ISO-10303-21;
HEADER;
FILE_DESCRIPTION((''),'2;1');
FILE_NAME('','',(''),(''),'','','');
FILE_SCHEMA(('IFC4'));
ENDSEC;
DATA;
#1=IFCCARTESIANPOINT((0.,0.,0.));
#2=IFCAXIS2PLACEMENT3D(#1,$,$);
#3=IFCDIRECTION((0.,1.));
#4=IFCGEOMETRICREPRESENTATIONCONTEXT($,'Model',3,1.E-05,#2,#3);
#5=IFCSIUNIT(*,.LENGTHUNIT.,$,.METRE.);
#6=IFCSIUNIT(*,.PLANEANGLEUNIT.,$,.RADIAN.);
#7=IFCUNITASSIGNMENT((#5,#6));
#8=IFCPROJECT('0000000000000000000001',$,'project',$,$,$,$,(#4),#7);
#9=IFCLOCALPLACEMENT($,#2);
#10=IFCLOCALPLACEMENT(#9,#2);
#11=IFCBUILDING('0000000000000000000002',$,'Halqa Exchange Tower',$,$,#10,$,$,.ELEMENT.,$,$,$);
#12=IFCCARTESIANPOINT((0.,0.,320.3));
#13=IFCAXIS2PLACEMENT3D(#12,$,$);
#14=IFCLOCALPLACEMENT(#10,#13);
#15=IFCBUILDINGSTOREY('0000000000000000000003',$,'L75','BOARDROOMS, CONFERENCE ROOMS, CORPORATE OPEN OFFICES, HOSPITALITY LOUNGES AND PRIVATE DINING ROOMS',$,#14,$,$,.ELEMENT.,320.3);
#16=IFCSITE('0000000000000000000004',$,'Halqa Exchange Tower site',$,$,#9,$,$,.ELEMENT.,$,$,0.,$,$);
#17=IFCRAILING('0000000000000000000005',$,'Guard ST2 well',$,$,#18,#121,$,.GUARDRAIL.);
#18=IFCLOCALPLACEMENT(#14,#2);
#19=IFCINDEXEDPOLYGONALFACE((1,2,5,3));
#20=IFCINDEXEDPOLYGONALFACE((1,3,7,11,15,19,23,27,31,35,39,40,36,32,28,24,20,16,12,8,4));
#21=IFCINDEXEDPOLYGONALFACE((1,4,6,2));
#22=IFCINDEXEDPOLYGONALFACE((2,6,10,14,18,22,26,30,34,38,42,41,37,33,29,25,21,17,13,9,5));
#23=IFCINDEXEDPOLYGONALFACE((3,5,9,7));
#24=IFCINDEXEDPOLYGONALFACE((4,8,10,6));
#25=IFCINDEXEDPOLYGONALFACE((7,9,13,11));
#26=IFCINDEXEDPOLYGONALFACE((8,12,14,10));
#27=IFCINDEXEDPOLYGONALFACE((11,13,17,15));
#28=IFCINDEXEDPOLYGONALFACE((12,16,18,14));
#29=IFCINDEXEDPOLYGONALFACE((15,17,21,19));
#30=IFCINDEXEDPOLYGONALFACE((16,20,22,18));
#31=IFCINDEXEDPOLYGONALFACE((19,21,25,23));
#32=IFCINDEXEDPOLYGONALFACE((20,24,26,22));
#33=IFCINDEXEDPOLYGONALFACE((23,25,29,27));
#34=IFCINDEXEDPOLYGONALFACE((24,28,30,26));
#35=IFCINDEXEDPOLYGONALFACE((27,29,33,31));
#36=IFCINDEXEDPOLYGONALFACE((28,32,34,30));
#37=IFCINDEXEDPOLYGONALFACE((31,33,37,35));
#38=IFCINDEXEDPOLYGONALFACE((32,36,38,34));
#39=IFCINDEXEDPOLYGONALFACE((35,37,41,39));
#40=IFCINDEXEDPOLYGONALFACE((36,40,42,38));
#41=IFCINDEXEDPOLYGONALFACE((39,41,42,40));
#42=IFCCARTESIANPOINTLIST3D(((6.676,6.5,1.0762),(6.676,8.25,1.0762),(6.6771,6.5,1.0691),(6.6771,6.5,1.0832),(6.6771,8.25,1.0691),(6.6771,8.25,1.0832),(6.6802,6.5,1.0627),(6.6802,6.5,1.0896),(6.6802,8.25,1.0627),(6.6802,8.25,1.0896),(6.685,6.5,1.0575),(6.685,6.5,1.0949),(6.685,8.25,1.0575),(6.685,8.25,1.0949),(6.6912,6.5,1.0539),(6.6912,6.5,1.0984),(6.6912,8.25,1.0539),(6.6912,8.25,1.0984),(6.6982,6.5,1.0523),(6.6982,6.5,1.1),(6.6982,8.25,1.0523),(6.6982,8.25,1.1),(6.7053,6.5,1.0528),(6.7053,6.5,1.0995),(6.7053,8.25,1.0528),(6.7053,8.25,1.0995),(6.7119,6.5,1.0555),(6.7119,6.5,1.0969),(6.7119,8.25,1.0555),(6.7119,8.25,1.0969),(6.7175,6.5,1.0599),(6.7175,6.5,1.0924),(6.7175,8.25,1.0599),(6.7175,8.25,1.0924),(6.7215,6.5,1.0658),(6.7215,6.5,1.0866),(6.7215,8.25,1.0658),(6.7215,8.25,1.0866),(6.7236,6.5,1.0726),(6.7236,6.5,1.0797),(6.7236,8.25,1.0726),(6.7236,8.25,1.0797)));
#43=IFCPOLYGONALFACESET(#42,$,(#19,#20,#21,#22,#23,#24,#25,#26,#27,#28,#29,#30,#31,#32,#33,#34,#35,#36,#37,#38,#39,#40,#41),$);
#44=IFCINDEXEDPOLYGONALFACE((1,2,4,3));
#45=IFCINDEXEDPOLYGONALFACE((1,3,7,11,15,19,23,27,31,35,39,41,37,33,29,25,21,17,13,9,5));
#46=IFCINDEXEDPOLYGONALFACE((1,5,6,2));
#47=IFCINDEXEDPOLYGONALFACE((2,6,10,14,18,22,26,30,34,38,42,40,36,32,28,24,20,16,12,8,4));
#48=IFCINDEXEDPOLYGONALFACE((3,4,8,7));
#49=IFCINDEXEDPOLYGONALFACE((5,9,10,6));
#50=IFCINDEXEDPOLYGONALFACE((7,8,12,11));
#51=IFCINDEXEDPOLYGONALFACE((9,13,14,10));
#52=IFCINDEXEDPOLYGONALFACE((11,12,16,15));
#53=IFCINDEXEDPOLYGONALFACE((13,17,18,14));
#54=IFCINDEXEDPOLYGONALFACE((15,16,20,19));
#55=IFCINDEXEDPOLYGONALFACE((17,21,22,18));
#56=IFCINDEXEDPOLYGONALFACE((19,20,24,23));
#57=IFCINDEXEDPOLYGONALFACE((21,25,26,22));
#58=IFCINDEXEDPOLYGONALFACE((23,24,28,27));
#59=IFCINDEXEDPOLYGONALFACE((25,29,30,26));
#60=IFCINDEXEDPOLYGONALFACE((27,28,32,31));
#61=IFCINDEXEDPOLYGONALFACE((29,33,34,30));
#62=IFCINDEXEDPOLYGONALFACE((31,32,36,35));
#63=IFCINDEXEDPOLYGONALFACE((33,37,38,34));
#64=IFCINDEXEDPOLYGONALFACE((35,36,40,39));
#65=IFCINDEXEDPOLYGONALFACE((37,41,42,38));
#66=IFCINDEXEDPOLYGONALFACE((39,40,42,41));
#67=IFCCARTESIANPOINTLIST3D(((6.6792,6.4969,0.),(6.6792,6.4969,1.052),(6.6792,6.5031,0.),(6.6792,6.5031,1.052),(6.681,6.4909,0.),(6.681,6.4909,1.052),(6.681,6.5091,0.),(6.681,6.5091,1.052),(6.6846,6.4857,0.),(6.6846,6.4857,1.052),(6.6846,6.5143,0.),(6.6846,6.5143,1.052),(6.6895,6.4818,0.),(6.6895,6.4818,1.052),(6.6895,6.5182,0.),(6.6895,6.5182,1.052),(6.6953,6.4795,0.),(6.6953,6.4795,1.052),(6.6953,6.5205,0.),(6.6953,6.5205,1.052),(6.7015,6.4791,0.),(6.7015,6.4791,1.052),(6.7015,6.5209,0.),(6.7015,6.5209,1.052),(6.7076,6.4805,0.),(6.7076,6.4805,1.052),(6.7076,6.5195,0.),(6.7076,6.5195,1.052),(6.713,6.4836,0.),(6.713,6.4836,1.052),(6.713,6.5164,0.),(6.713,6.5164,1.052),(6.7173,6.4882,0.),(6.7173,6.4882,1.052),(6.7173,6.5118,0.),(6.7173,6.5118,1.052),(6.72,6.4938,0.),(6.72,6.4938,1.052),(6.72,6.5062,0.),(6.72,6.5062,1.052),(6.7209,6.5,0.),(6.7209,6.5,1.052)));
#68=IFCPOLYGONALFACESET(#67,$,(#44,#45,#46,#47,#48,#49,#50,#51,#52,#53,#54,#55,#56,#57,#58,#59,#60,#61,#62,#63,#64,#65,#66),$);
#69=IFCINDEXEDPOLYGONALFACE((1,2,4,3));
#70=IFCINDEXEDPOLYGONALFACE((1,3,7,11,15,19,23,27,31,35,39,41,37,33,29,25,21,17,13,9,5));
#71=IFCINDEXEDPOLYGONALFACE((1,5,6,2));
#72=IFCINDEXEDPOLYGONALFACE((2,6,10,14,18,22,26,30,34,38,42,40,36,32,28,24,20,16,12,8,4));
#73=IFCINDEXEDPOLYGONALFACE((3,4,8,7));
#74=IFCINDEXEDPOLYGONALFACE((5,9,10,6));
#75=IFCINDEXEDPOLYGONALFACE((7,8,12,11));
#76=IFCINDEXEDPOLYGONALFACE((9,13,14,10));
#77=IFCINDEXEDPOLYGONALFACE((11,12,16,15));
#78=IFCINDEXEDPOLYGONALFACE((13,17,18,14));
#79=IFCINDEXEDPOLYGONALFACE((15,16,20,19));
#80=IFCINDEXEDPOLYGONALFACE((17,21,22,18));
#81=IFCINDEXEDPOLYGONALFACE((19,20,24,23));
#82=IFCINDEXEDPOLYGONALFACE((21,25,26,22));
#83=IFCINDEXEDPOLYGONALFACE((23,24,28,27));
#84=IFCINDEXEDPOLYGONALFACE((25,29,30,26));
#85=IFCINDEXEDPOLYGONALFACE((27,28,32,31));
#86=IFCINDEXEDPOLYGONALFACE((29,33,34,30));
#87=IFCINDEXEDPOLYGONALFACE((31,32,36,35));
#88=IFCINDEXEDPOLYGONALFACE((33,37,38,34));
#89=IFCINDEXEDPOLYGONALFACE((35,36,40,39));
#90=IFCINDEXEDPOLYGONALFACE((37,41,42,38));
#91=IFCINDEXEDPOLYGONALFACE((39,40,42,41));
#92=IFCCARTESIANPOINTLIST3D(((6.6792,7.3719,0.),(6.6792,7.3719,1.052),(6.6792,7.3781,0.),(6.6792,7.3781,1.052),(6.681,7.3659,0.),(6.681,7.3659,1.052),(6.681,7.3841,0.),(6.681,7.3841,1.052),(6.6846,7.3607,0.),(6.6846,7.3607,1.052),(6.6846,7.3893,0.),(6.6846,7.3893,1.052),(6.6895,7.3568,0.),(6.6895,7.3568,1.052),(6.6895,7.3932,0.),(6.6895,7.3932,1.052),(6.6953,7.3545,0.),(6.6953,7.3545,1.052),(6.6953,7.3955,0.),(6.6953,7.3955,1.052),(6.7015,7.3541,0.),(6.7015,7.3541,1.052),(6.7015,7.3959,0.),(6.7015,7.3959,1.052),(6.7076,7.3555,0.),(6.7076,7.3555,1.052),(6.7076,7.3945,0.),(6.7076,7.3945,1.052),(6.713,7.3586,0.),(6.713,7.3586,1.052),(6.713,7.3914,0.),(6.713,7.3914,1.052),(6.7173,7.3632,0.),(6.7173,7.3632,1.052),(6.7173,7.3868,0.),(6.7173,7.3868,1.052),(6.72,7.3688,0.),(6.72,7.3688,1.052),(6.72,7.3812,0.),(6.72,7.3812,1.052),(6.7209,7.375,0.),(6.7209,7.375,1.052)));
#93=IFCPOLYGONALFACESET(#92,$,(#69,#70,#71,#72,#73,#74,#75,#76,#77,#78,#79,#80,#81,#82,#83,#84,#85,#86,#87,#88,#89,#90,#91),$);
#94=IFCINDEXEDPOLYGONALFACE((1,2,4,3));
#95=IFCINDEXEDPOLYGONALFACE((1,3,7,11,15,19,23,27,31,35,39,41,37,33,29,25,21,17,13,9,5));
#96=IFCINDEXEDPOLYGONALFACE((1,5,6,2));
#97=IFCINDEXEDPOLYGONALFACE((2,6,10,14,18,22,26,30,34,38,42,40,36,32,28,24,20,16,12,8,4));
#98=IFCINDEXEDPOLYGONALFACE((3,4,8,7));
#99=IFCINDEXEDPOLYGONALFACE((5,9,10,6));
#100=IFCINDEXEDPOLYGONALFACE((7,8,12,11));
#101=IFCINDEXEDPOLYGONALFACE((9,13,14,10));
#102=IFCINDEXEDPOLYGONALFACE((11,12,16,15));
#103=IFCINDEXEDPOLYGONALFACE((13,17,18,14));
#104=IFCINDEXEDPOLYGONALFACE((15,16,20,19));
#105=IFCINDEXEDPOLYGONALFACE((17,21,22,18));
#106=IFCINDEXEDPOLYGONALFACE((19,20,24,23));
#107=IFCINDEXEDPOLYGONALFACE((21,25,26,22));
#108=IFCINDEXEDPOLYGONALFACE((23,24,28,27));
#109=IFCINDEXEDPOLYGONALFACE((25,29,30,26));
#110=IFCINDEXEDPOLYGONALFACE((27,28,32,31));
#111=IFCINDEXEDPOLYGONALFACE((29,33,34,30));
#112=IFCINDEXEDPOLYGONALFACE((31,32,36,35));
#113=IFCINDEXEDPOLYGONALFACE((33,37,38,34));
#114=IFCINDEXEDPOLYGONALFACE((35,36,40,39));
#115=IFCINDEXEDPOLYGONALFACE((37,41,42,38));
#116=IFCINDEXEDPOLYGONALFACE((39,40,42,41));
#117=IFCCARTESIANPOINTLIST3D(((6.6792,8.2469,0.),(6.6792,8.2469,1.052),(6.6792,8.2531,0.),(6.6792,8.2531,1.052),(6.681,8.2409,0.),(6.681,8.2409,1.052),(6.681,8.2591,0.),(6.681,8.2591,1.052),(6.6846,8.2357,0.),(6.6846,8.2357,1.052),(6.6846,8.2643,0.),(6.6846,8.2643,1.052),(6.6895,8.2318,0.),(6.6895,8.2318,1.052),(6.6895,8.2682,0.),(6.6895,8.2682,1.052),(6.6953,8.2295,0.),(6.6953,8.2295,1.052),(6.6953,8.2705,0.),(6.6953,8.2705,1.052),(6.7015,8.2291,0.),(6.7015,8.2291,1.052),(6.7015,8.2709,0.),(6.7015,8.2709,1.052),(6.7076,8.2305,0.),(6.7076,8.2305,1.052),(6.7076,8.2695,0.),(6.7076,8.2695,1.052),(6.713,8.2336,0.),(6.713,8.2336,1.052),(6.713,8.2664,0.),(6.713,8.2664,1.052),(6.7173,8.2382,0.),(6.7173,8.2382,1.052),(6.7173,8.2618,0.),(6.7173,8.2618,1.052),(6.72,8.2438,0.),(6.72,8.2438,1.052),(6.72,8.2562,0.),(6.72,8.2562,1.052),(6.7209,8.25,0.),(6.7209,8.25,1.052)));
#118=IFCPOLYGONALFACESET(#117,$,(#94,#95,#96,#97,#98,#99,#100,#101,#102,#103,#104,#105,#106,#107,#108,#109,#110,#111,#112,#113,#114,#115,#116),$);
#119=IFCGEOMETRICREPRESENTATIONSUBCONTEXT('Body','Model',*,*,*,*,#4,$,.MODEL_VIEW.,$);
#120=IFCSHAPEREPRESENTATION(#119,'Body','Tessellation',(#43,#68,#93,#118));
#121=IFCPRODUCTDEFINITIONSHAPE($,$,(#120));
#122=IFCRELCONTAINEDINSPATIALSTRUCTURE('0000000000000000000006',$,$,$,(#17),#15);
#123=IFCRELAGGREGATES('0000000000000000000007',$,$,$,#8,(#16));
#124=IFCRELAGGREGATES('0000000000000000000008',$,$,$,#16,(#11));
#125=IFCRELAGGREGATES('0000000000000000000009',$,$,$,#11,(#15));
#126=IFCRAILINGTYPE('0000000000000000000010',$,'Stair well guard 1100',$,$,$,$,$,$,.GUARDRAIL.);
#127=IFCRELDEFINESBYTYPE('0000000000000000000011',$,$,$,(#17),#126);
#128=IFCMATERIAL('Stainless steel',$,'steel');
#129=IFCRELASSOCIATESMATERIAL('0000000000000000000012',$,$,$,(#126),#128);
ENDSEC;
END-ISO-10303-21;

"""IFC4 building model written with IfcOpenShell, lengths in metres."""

from ifc_helpers import new_model, si_unit, direction, frame, origin, origin_2d, place, context, subcontext, project, spatial, circle, extrude, material, type_object, element, save


model = new_model("IFC4")

# Units and contexts
model_context = context("Model", 3, precision=1e-05, world=origin(), true_north=direction((0.0, 1.0)))
body_context = subcontext(model_context, "Body", "Model", "MODEL_VIEW")
ifc_project = project(units=[si_unit("LENGTHUNIT", "METRE"), si_unit("PLANEANGLEUNIT", "RADIAN")], contexts=[model_context])

# Site, building, storey
site_placement = place(None, origin())
site = spatial("IfcSite", under=ifc_project, at=site_placement, Name="Halqa Exchange Tower site", CompositionType="ELEMENT", RefElevation=0.0)
building_placement = place(site_placement, origin())
building = spatial("IfcBuilding", under=site, at=building_placement, Name="Halqa Exchange Tower", CompositionType="ELEMENT")
storey_placement = place(building_placement, frame((0.0, 0.0, 320.3)))
storey = spatial("IfcBuildingStorey", under=building, at=storey_placement, Name="L75", Description="BOARDROOMS, CONFERENCE ROOMS, CORPORATE OPEN OFFICES, HOSPITALITY LOUNGES AND PRIVATE DINING ROOMS", CompositionType="ELEMENT", Elevation=320.3)

# Railing
ifc_material_1 = material(Name="Stainless steel", Category="steel")
railing_type_1 = type_object("IfcRailingType", Name="Stair well guard 1100", PredefinedType="GUARDRAIL", material=ifc_material_1)
railing_1_placement = place(storey_placement, frame((6.7, 6.5, 0.0)))
element("IfcRailing", 1, at=railing_1_placement, inside=storey, type_object=railing_type_1, Name="Guard ST2 well", PredefinedType="GUARDRAIL", context=body_context, shape_type="SweptSolid", body=[
    extrude(circle(Radius=0.0239, at=origin_2d()), frame((0.0, 0.0, 1.0762), z_axis=(0.0, 1.0, 0.0), x_axis=(-1.0, 0.0, 0.0)), (0.0, 0.0, 1.0), 1.75),
    extrude(circle(Radius=0.021, at=origin_2d()), origin(), (0.0, 0.0, 1.0), 1.052),
    extrude(circle(Radius=0.021, at=origin_2d()), frame((0.0, 0.875, 0.0)), (0.0, 0.0, 1.0), 1.052),
    extrude(circle(Radius=0.021, at=origin_2d()), frame((0.0, 1.75, 0.0)), (0.0, 0.0, 1.0), 1.052),
])

save(model, "model.ifc")
